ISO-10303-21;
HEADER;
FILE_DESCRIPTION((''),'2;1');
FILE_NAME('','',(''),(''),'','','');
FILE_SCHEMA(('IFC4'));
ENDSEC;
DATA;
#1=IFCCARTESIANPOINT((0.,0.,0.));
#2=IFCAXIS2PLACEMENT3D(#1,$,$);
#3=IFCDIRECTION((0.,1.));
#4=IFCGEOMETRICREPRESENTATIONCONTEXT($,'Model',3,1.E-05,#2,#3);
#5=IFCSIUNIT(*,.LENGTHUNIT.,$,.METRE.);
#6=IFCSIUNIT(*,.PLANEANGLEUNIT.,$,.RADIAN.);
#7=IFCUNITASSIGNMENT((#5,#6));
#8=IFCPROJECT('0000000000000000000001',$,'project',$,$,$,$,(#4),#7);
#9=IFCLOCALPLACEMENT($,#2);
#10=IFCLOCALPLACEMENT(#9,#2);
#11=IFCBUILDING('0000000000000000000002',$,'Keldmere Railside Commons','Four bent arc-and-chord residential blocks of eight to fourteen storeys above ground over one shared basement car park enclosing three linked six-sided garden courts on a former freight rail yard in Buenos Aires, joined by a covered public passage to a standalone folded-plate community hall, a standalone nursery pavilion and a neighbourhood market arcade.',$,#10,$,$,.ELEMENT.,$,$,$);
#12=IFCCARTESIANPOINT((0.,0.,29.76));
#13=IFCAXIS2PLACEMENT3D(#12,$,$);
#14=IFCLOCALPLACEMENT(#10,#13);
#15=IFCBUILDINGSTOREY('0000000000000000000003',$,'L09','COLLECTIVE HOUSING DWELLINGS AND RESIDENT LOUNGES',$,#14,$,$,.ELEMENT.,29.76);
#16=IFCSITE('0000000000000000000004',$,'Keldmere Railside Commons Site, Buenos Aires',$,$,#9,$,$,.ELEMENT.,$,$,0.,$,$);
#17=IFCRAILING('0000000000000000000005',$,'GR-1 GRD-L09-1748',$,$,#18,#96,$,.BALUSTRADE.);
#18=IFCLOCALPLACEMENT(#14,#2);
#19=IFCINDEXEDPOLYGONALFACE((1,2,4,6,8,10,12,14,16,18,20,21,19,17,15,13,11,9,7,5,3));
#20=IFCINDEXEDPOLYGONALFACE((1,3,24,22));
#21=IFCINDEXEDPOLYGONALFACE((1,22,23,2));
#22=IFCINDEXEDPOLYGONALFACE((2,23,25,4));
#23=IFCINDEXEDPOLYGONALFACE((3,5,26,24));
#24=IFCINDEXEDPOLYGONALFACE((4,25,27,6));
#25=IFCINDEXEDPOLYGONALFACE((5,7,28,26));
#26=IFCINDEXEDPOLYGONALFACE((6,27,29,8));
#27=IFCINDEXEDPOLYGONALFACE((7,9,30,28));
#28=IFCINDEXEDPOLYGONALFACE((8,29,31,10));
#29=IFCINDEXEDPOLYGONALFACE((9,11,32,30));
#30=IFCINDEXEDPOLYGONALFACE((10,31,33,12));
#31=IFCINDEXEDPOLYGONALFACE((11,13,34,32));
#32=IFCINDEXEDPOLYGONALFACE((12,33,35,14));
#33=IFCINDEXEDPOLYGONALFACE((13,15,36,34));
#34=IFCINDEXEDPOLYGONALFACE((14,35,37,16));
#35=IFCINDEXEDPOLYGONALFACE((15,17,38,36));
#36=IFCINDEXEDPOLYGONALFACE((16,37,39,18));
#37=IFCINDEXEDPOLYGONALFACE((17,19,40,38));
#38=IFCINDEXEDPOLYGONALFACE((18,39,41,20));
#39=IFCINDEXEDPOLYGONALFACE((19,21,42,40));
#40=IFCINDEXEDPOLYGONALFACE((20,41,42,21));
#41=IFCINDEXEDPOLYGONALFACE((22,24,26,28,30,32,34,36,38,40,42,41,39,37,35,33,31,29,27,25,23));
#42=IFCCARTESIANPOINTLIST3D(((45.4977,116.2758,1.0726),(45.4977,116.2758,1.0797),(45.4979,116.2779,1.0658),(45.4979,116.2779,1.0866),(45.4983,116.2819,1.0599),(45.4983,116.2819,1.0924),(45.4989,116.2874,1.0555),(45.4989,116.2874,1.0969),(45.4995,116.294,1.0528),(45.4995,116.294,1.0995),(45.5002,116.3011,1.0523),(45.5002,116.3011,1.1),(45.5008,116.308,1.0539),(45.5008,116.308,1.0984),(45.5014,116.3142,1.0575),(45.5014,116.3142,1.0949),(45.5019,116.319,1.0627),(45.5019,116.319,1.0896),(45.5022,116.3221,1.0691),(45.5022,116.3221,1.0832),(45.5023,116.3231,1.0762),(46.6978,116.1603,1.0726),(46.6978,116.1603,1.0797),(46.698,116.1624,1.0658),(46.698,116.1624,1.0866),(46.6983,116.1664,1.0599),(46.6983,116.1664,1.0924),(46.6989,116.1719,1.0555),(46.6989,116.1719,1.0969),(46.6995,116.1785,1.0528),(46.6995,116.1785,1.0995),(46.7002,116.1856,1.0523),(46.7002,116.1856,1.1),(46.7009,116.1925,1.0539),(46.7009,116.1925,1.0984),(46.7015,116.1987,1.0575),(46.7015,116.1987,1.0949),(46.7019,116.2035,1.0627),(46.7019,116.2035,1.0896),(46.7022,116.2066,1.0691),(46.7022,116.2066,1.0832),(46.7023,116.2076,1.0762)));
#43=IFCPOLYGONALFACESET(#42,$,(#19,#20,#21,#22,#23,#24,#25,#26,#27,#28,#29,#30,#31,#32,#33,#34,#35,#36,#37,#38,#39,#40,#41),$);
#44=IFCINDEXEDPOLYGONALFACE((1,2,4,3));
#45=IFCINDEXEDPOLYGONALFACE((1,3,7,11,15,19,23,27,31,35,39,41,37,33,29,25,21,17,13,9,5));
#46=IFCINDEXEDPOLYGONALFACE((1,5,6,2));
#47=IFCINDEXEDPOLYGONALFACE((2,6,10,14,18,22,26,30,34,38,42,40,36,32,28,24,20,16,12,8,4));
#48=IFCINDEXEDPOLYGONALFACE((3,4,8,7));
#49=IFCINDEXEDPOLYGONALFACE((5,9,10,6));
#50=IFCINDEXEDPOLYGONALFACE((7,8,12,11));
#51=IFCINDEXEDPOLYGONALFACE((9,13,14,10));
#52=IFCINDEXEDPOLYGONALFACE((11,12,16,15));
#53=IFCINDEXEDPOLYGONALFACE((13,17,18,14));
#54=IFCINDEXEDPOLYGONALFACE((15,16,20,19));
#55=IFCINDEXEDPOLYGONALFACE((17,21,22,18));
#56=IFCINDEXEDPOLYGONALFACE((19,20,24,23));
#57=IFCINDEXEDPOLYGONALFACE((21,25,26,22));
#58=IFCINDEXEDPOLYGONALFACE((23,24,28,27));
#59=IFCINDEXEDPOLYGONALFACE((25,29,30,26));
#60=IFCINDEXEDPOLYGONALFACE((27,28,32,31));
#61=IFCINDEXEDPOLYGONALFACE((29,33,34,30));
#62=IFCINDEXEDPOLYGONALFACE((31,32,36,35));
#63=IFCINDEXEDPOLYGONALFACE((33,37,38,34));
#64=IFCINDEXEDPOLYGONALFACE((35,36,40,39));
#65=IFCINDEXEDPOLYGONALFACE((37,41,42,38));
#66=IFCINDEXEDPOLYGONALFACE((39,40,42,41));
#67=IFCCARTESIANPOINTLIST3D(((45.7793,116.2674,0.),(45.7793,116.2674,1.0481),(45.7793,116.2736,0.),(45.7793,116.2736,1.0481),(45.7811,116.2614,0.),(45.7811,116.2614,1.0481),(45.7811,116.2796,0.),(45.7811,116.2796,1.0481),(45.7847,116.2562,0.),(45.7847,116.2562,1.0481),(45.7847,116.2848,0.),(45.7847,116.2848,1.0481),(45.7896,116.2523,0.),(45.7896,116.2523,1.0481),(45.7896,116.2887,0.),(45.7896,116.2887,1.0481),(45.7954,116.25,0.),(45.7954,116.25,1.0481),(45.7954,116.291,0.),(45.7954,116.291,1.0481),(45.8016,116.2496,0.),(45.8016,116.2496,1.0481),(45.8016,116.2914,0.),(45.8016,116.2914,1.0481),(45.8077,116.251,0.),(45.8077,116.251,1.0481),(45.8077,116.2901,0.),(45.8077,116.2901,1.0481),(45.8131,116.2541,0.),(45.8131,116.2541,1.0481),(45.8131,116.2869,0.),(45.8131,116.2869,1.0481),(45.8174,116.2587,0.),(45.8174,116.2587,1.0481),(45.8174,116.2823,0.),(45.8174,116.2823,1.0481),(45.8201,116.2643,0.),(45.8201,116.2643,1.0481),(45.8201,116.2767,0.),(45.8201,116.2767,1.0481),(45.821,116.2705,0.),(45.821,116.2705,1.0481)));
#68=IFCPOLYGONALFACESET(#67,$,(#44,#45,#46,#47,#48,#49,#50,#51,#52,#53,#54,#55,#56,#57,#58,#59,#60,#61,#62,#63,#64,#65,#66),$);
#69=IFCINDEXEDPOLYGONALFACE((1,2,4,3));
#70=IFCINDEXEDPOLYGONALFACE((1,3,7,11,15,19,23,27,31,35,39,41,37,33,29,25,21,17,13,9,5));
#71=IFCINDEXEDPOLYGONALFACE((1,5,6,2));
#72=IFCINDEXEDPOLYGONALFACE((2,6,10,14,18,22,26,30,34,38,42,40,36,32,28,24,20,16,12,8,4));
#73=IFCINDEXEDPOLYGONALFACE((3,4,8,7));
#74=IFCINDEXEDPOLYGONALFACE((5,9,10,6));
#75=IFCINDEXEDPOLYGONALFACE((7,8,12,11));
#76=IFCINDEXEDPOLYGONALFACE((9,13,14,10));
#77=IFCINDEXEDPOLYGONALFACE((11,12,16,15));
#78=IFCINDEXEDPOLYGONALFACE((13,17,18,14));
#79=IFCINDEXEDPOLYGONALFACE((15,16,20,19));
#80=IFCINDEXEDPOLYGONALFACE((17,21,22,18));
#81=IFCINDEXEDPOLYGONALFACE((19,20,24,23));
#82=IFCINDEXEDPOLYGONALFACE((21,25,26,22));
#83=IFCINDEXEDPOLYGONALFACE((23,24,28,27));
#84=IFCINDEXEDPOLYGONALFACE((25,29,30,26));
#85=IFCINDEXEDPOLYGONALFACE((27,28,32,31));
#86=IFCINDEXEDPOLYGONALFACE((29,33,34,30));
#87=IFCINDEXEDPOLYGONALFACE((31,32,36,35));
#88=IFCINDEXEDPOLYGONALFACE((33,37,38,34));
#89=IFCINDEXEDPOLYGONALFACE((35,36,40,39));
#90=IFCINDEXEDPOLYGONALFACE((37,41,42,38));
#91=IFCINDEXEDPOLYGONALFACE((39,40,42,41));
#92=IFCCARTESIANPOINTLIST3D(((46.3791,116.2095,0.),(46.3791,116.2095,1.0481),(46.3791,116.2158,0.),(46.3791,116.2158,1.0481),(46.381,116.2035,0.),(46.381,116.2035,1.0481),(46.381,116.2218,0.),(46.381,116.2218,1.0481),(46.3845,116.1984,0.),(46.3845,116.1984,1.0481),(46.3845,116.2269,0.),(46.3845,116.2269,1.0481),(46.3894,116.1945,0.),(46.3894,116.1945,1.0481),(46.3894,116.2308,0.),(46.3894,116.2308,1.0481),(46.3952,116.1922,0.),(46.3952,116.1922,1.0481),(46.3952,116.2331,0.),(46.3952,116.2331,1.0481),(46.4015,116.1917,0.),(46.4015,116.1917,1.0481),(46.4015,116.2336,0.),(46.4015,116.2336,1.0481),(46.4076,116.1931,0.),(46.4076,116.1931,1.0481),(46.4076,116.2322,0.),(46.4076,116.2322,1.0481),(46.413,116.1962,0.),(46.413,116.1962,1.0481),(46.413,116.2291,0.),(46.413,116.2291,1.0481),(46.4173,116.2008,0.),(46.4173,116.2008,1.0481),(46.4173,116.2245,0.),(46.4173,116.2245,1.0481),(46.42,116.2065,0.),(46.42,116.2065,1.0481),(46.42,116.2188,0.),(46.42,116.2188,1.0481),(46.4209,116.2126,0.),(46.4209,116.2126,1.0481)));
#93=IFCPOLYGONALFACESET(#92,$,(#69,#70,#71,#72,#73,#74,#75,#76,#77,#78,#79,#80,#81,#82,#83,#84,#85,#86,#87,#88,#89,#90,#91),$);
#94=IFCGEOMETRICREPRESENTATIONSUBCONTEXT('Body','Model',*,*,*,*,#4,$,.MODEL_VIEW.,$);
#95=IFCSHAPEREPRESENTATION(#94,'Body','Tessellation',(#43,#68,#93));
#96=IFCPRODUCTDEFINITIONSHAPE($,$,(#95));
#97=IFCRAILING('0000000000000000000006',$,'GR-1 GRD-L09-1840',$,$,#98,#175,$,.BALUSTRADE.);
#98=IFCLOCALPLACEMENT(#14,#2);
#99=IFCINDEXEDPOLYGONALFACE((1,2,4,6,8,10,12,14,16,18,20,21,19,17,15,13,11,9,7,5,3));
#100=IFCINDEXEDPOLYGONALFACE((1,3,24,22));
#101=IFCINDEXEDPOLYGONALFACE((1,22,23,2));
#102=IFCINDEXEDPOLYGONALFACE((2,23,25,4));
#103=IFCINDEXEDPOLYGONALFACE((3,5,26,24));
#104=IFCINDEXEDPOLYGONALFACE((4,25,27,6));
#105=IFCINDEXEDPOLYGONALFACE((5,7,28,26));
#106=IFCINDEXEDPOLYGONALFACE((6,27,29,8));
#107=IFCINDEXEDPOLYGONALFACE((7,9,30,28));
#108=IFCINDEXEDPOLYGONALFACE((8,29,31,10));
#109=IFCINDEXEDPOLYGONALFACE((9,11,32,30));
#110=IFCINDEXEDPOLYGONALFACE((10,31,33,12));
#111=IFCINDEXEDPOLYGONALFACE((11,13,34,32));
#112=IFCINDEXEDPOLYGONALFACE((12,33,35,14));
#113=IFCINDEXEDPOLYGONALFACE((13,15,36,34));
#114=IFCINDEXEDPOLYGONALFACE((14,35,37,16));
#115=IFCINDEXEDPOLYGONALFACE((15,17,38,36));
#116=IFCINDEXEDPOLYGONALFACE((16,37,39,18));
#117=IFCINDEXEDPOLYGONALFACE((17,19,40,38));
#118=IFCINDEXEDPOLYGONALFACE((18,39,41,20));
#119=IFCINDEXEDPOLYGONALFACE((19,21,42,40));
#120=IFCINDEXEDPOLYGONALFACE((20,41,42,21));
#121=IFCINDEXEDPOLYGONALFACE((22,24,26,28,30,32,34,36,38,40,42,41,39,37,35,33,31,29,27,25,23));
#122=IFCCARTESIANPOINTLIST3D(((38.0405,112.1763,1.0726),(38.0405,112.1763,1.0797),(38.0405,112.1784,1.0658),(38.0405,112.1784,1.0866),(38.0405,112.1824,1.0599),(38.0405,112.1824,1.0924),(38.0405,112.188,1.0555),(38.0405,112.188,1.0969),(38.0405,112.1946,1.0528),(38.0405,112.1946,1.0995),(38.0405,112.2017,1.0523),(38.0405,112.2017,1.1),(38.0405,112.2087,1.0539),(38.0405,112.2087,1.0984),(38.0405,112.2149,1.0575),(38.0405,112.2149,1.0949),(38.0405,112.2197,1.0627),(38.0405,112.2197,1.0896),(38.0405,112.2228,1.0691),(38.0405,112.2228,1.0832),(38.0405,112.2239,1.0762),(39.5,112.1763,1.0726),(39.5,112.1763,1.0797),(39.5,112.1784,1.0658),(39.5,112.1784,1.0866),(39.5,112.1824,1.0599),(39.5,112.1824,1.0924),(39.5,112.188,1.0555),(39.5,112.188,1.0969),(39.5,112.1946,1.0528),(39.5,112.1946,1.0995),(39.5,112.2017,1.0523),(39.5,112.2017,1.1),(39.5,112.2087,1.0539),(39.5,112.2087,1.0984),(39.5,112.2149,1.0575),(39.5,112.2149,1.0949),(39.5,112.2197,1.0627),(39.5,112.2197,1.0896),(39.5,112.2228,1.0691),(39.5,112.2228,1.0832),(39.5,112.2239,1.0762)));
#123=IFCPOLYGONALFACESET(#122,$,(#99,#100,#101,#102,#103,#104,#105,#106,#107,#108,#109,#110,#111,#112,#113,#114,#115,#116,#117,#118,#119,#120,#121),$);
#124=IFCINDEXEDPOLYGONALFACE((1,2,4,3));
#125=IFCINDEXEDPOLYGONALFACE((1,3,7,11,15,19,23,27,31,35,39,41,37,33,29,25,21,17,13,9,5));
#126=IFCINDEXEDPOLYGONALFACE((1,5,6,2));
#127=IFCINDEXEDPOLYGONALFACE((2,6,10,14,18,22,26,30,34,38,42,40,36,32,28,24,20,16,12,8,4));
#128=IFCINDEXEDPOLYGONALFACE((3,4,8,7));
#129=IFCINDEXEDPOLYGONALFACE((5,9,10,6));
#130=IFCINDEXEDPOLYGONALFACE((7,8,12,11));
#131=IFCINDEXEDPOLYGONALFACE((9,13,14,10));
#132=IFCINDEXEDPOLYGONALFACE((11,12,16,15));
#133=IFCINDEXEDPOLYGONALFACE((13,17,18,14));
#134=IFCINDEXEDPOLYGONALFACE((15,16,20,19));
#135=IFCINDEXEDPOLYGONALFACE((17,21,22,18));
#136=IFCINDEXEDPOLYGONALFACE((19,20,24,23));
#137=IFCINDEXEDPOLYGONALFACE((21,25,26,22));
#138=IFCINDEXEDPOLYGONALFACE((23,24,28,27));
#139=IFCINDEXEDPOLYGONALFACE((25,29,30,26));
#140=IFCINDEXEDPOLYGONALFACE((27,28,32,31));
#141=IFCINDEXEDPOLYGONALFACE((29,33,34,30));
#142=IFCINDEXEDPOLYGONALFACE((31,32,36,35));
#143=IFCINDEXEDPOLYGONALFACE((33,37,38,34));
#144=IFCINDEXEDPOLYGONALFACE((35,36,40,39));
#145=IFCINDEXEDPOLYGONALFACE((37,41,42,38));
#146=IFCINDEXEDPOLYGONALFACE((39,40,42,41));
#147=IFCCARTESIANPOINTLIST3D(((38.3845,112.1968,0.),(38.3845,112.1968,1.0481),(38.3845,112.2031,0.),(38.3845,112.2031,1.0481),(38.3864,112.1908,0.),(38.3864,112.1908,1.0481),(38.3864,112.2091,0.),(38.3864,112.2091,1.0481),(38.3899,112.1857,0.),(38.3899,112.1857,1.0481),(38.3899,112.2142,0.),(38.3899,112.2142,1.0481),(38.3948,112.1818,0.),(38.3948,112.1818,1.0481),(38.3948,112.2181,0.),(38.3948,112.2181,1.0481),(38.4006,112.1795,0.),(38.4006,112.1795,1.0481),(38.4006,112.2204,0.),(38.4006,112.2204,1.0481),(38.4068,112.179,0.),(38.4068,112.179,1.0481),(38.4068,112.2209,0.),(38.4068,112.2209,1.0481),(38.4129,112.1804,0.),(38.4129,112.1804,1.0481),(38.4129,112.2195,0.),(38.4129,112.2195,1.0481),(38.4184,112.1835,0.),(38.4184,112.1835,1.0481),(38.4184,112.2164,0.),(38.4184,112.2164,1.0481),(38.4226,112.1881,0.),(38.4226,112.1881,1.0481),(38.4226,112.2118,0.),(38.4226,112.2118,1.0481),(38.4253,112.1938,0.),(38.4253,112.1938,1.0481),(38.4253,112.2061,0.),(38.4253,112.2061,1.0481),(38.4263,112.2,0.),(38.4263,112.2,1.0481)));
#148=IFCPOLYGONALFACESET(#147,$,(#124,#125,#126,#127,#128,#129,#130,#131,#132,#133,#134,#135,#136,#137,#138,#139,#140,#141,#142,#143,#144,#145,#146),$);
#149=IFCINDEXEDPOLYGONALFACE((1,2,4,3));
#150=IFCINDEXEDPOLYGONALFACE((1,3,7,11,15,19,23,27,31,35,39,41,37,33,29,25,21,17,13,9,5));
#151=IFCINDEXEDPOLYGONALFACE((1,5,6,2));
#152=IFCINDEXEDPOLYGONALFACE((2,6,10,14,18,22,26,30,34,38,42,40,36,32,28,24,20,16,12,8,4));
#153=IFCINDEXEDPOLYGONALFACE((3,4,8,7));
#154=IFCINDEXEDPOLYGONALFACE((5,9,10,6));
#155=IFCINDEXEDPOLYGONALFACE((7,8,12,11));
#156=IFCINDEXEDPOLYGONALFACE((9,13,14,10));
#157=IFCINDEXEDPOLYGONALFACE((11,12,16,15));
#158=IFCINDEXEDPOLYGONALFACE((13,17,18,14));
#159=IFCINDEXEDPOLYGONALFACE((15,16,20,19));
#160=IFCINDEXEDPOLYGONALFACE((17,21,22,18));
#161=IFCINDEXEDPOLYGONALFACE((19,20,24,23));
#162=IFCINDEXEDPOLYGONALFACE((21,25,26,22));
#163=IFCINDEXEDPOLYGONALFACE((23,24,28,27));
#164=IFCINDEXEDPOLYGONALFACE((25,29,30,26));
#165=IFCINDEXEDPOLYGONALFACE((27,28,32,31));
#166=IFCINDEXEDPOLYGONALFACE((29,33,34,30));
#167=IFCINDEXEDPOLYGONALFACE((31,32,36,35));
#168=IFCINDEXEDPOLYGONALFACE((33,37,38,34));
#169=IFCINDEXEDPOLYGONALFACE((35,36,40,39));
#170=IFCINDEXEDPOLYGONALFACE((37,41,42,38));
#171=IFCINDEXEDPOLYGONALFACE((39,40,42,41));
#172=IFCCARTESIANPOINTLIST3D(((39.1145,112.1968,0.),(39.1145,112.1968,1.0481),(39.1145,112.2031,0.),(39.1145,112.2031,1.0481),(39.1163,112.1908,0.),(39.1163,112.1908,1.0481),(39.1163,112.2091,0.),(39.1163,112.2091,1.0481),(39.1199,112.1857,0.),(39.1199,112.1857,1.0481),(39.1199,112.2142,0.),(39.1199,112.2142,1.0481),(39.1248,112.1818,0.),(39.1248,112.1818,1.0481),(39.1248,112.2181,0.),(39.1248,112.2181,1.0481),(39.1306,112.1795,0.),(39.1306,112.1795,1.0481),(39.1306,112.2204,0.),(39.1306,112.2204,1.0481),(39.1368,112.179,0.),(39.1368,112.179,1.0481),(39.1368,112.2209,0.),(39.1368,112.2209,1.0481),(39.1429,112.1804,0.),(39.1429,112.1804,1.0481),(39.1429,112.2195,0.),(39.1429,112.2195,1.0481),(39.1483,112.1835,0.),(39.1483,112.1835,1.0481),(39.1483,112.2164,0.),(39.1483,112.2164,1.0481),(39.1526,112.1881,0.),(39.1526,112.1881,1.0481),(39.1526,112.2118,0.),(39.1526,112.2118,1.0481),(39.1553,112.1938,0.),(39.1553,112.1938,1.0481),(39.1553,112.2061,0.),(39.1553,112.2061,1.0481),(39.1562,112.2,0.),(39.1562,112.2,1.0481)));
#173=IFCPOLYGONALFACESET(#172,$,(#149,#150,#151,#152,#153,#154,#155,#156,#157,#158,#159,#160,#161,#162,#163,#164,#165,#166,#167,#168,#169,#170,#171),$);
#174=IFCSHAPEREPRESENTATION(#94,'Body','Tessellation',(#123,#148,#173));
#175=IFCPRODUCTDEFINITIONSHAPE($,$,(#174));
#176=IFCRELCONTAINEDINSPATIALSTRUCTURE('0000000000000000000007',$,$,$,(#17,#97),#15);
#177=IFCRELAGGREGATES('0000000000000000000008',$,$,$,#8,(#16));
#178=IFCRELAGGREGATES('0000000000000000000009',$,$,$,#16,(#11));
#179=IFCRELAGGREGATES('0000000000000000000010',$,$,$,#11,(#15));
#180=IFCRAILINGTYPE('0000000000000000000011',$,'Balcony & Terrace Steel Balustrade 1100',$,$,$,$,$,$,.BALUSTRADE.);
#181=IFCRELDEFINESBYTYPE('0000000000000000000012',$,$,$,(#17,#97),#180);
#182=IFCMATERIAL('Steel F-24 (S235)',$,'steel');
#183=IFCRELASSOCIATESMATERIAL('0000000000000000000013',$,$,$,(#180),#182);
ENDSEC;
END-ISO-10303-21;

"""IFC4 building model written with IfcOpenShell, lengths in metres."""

from ifc_helpers import new_model, si_unit, direction, frame, origin, origin_2d, place, context, subcontext, project, spatial, circle, extrude, material, type_object, element, save


model = new_model("IFC4")

# Units and contexts
model_context = context("Model", 3, precision=1e-05, world=origin(), true_north=direction((0.0, 1.0)))
body_context = subcontext(model_context, "Body", "Model", "MODEL_VIEW")
ifc_project = project(units=[si_unit("LENGTHUNIT", "METRE"), si_unit("PLANEANGLEUNIT", "RADIAN")], contexts=[model_context])

# Site, building, storey
site_placement = place(None, origin())
site = spatial("IfcSite", under=ifc_project, at=site_placement, Name="Keldmere Railside Commons Site, Buenos Aires", CompositionType="ELEMENT", RefElevation=0.0)
building_placement = place(site_placement, origin())
building = spatial("IfcBuilding", under=site, at=building_placement, Name="Keldmere Railside Commons", Description="Four bent arc-and-chord residential blocks of eight to fourteen storeys above ground over one shared basement car park enclosing three linked six-sided garden courts on a former freight rail yard in Buenos Aires, joined by a covered public passage to a standalone folded-plate community hall, a standalone nursery pavilion and a neighbourhood market arcade.", CompositionType="ELEMENT")
storey_placement = place(building_placement, frame((0.0, 0.0, 29.76)))
storey = spatial("IfcBuildingStorey", under=building, at=storey_placement, Name="L09", Description="COLLECTIVE HOUSING DWELLINGS AND RESIDENT LOUNGES", CompositionType="ELEMENT", Elevation=29.76)

# Railings
ifc_material_1 = material(Name="Steel F-24 (S235)", Category="steel")
railing_type = type_object("IfcRailingType", Name="Balcony & Terrace Steel Balustrade 1100", PredefinedType="BALUSTRADE", material=ifc_material_1)
railing_1_placement = place(storey_placement, frame((45.5, 116.2993, 0.0)))
element("IfcRailing", 1, at=railing_1_placement, inside=storey, type_object=railing_type, Name="GR-1 GRD-L09-1748", PredefinedType="BALUSTRADE", context=body_context, shape_type="SweptSolid", body=[
    extrude(circle(Radius=0.0239, at=origin_2d()), frame((0.0, 0.0, 1.0762), z_axis=(0.995401, -0.095793, 0.0), x_axis=(0.095793, 0.995401, 0.0)), (0.0, 0.0, 1.0), 1.2056),
    extrude(circle(Radius=0.021, at=origin_2d()), frame((0.3, -0.0288, 0.0)), (0.0, 0.0, 1.0), 1.0481),
    extrude(circle(Radius=0.021, at=origin_2d()), frame((0.8999, -0.0867, 0.0)), (0.0, 0.0, 1.0), 1.0481),
])
railing_2_placement = place(storey_placement, frame((38.0405, 112.2, 0.0)))
element("IfcRailing", 2, at=railing_2_placement, inside=storey, type_object=railing_type, Name="GR-1 GRD-L09-1840", PredefinedType="BALUSTRADE", context=body_context, shape_type="SweptSolid", body=[
    extrude(circle(Radius=0.0239, at=origin_2d()), frame((0.0, 0.0, 1.0762), z_axis=(1.0, 0.0, 0.0), x_axis=(0.0, 1.0, 0.0)), (0.0, 0.0, 1.0), 1.4595),
    extrude(circle(Radius=0.021, at=origin_2d()), frame((0.3647, 0.0, 0.0)), (0.0, 0.0, 1.0), 1.0481),
    extrude(circle(Radius=0.021, at=origin_2d()), frame((1.0947, 0.0, 0.0)), (0.0, 0.0, 1.0), 1.0481),
])

save(model, "model.ifc")
